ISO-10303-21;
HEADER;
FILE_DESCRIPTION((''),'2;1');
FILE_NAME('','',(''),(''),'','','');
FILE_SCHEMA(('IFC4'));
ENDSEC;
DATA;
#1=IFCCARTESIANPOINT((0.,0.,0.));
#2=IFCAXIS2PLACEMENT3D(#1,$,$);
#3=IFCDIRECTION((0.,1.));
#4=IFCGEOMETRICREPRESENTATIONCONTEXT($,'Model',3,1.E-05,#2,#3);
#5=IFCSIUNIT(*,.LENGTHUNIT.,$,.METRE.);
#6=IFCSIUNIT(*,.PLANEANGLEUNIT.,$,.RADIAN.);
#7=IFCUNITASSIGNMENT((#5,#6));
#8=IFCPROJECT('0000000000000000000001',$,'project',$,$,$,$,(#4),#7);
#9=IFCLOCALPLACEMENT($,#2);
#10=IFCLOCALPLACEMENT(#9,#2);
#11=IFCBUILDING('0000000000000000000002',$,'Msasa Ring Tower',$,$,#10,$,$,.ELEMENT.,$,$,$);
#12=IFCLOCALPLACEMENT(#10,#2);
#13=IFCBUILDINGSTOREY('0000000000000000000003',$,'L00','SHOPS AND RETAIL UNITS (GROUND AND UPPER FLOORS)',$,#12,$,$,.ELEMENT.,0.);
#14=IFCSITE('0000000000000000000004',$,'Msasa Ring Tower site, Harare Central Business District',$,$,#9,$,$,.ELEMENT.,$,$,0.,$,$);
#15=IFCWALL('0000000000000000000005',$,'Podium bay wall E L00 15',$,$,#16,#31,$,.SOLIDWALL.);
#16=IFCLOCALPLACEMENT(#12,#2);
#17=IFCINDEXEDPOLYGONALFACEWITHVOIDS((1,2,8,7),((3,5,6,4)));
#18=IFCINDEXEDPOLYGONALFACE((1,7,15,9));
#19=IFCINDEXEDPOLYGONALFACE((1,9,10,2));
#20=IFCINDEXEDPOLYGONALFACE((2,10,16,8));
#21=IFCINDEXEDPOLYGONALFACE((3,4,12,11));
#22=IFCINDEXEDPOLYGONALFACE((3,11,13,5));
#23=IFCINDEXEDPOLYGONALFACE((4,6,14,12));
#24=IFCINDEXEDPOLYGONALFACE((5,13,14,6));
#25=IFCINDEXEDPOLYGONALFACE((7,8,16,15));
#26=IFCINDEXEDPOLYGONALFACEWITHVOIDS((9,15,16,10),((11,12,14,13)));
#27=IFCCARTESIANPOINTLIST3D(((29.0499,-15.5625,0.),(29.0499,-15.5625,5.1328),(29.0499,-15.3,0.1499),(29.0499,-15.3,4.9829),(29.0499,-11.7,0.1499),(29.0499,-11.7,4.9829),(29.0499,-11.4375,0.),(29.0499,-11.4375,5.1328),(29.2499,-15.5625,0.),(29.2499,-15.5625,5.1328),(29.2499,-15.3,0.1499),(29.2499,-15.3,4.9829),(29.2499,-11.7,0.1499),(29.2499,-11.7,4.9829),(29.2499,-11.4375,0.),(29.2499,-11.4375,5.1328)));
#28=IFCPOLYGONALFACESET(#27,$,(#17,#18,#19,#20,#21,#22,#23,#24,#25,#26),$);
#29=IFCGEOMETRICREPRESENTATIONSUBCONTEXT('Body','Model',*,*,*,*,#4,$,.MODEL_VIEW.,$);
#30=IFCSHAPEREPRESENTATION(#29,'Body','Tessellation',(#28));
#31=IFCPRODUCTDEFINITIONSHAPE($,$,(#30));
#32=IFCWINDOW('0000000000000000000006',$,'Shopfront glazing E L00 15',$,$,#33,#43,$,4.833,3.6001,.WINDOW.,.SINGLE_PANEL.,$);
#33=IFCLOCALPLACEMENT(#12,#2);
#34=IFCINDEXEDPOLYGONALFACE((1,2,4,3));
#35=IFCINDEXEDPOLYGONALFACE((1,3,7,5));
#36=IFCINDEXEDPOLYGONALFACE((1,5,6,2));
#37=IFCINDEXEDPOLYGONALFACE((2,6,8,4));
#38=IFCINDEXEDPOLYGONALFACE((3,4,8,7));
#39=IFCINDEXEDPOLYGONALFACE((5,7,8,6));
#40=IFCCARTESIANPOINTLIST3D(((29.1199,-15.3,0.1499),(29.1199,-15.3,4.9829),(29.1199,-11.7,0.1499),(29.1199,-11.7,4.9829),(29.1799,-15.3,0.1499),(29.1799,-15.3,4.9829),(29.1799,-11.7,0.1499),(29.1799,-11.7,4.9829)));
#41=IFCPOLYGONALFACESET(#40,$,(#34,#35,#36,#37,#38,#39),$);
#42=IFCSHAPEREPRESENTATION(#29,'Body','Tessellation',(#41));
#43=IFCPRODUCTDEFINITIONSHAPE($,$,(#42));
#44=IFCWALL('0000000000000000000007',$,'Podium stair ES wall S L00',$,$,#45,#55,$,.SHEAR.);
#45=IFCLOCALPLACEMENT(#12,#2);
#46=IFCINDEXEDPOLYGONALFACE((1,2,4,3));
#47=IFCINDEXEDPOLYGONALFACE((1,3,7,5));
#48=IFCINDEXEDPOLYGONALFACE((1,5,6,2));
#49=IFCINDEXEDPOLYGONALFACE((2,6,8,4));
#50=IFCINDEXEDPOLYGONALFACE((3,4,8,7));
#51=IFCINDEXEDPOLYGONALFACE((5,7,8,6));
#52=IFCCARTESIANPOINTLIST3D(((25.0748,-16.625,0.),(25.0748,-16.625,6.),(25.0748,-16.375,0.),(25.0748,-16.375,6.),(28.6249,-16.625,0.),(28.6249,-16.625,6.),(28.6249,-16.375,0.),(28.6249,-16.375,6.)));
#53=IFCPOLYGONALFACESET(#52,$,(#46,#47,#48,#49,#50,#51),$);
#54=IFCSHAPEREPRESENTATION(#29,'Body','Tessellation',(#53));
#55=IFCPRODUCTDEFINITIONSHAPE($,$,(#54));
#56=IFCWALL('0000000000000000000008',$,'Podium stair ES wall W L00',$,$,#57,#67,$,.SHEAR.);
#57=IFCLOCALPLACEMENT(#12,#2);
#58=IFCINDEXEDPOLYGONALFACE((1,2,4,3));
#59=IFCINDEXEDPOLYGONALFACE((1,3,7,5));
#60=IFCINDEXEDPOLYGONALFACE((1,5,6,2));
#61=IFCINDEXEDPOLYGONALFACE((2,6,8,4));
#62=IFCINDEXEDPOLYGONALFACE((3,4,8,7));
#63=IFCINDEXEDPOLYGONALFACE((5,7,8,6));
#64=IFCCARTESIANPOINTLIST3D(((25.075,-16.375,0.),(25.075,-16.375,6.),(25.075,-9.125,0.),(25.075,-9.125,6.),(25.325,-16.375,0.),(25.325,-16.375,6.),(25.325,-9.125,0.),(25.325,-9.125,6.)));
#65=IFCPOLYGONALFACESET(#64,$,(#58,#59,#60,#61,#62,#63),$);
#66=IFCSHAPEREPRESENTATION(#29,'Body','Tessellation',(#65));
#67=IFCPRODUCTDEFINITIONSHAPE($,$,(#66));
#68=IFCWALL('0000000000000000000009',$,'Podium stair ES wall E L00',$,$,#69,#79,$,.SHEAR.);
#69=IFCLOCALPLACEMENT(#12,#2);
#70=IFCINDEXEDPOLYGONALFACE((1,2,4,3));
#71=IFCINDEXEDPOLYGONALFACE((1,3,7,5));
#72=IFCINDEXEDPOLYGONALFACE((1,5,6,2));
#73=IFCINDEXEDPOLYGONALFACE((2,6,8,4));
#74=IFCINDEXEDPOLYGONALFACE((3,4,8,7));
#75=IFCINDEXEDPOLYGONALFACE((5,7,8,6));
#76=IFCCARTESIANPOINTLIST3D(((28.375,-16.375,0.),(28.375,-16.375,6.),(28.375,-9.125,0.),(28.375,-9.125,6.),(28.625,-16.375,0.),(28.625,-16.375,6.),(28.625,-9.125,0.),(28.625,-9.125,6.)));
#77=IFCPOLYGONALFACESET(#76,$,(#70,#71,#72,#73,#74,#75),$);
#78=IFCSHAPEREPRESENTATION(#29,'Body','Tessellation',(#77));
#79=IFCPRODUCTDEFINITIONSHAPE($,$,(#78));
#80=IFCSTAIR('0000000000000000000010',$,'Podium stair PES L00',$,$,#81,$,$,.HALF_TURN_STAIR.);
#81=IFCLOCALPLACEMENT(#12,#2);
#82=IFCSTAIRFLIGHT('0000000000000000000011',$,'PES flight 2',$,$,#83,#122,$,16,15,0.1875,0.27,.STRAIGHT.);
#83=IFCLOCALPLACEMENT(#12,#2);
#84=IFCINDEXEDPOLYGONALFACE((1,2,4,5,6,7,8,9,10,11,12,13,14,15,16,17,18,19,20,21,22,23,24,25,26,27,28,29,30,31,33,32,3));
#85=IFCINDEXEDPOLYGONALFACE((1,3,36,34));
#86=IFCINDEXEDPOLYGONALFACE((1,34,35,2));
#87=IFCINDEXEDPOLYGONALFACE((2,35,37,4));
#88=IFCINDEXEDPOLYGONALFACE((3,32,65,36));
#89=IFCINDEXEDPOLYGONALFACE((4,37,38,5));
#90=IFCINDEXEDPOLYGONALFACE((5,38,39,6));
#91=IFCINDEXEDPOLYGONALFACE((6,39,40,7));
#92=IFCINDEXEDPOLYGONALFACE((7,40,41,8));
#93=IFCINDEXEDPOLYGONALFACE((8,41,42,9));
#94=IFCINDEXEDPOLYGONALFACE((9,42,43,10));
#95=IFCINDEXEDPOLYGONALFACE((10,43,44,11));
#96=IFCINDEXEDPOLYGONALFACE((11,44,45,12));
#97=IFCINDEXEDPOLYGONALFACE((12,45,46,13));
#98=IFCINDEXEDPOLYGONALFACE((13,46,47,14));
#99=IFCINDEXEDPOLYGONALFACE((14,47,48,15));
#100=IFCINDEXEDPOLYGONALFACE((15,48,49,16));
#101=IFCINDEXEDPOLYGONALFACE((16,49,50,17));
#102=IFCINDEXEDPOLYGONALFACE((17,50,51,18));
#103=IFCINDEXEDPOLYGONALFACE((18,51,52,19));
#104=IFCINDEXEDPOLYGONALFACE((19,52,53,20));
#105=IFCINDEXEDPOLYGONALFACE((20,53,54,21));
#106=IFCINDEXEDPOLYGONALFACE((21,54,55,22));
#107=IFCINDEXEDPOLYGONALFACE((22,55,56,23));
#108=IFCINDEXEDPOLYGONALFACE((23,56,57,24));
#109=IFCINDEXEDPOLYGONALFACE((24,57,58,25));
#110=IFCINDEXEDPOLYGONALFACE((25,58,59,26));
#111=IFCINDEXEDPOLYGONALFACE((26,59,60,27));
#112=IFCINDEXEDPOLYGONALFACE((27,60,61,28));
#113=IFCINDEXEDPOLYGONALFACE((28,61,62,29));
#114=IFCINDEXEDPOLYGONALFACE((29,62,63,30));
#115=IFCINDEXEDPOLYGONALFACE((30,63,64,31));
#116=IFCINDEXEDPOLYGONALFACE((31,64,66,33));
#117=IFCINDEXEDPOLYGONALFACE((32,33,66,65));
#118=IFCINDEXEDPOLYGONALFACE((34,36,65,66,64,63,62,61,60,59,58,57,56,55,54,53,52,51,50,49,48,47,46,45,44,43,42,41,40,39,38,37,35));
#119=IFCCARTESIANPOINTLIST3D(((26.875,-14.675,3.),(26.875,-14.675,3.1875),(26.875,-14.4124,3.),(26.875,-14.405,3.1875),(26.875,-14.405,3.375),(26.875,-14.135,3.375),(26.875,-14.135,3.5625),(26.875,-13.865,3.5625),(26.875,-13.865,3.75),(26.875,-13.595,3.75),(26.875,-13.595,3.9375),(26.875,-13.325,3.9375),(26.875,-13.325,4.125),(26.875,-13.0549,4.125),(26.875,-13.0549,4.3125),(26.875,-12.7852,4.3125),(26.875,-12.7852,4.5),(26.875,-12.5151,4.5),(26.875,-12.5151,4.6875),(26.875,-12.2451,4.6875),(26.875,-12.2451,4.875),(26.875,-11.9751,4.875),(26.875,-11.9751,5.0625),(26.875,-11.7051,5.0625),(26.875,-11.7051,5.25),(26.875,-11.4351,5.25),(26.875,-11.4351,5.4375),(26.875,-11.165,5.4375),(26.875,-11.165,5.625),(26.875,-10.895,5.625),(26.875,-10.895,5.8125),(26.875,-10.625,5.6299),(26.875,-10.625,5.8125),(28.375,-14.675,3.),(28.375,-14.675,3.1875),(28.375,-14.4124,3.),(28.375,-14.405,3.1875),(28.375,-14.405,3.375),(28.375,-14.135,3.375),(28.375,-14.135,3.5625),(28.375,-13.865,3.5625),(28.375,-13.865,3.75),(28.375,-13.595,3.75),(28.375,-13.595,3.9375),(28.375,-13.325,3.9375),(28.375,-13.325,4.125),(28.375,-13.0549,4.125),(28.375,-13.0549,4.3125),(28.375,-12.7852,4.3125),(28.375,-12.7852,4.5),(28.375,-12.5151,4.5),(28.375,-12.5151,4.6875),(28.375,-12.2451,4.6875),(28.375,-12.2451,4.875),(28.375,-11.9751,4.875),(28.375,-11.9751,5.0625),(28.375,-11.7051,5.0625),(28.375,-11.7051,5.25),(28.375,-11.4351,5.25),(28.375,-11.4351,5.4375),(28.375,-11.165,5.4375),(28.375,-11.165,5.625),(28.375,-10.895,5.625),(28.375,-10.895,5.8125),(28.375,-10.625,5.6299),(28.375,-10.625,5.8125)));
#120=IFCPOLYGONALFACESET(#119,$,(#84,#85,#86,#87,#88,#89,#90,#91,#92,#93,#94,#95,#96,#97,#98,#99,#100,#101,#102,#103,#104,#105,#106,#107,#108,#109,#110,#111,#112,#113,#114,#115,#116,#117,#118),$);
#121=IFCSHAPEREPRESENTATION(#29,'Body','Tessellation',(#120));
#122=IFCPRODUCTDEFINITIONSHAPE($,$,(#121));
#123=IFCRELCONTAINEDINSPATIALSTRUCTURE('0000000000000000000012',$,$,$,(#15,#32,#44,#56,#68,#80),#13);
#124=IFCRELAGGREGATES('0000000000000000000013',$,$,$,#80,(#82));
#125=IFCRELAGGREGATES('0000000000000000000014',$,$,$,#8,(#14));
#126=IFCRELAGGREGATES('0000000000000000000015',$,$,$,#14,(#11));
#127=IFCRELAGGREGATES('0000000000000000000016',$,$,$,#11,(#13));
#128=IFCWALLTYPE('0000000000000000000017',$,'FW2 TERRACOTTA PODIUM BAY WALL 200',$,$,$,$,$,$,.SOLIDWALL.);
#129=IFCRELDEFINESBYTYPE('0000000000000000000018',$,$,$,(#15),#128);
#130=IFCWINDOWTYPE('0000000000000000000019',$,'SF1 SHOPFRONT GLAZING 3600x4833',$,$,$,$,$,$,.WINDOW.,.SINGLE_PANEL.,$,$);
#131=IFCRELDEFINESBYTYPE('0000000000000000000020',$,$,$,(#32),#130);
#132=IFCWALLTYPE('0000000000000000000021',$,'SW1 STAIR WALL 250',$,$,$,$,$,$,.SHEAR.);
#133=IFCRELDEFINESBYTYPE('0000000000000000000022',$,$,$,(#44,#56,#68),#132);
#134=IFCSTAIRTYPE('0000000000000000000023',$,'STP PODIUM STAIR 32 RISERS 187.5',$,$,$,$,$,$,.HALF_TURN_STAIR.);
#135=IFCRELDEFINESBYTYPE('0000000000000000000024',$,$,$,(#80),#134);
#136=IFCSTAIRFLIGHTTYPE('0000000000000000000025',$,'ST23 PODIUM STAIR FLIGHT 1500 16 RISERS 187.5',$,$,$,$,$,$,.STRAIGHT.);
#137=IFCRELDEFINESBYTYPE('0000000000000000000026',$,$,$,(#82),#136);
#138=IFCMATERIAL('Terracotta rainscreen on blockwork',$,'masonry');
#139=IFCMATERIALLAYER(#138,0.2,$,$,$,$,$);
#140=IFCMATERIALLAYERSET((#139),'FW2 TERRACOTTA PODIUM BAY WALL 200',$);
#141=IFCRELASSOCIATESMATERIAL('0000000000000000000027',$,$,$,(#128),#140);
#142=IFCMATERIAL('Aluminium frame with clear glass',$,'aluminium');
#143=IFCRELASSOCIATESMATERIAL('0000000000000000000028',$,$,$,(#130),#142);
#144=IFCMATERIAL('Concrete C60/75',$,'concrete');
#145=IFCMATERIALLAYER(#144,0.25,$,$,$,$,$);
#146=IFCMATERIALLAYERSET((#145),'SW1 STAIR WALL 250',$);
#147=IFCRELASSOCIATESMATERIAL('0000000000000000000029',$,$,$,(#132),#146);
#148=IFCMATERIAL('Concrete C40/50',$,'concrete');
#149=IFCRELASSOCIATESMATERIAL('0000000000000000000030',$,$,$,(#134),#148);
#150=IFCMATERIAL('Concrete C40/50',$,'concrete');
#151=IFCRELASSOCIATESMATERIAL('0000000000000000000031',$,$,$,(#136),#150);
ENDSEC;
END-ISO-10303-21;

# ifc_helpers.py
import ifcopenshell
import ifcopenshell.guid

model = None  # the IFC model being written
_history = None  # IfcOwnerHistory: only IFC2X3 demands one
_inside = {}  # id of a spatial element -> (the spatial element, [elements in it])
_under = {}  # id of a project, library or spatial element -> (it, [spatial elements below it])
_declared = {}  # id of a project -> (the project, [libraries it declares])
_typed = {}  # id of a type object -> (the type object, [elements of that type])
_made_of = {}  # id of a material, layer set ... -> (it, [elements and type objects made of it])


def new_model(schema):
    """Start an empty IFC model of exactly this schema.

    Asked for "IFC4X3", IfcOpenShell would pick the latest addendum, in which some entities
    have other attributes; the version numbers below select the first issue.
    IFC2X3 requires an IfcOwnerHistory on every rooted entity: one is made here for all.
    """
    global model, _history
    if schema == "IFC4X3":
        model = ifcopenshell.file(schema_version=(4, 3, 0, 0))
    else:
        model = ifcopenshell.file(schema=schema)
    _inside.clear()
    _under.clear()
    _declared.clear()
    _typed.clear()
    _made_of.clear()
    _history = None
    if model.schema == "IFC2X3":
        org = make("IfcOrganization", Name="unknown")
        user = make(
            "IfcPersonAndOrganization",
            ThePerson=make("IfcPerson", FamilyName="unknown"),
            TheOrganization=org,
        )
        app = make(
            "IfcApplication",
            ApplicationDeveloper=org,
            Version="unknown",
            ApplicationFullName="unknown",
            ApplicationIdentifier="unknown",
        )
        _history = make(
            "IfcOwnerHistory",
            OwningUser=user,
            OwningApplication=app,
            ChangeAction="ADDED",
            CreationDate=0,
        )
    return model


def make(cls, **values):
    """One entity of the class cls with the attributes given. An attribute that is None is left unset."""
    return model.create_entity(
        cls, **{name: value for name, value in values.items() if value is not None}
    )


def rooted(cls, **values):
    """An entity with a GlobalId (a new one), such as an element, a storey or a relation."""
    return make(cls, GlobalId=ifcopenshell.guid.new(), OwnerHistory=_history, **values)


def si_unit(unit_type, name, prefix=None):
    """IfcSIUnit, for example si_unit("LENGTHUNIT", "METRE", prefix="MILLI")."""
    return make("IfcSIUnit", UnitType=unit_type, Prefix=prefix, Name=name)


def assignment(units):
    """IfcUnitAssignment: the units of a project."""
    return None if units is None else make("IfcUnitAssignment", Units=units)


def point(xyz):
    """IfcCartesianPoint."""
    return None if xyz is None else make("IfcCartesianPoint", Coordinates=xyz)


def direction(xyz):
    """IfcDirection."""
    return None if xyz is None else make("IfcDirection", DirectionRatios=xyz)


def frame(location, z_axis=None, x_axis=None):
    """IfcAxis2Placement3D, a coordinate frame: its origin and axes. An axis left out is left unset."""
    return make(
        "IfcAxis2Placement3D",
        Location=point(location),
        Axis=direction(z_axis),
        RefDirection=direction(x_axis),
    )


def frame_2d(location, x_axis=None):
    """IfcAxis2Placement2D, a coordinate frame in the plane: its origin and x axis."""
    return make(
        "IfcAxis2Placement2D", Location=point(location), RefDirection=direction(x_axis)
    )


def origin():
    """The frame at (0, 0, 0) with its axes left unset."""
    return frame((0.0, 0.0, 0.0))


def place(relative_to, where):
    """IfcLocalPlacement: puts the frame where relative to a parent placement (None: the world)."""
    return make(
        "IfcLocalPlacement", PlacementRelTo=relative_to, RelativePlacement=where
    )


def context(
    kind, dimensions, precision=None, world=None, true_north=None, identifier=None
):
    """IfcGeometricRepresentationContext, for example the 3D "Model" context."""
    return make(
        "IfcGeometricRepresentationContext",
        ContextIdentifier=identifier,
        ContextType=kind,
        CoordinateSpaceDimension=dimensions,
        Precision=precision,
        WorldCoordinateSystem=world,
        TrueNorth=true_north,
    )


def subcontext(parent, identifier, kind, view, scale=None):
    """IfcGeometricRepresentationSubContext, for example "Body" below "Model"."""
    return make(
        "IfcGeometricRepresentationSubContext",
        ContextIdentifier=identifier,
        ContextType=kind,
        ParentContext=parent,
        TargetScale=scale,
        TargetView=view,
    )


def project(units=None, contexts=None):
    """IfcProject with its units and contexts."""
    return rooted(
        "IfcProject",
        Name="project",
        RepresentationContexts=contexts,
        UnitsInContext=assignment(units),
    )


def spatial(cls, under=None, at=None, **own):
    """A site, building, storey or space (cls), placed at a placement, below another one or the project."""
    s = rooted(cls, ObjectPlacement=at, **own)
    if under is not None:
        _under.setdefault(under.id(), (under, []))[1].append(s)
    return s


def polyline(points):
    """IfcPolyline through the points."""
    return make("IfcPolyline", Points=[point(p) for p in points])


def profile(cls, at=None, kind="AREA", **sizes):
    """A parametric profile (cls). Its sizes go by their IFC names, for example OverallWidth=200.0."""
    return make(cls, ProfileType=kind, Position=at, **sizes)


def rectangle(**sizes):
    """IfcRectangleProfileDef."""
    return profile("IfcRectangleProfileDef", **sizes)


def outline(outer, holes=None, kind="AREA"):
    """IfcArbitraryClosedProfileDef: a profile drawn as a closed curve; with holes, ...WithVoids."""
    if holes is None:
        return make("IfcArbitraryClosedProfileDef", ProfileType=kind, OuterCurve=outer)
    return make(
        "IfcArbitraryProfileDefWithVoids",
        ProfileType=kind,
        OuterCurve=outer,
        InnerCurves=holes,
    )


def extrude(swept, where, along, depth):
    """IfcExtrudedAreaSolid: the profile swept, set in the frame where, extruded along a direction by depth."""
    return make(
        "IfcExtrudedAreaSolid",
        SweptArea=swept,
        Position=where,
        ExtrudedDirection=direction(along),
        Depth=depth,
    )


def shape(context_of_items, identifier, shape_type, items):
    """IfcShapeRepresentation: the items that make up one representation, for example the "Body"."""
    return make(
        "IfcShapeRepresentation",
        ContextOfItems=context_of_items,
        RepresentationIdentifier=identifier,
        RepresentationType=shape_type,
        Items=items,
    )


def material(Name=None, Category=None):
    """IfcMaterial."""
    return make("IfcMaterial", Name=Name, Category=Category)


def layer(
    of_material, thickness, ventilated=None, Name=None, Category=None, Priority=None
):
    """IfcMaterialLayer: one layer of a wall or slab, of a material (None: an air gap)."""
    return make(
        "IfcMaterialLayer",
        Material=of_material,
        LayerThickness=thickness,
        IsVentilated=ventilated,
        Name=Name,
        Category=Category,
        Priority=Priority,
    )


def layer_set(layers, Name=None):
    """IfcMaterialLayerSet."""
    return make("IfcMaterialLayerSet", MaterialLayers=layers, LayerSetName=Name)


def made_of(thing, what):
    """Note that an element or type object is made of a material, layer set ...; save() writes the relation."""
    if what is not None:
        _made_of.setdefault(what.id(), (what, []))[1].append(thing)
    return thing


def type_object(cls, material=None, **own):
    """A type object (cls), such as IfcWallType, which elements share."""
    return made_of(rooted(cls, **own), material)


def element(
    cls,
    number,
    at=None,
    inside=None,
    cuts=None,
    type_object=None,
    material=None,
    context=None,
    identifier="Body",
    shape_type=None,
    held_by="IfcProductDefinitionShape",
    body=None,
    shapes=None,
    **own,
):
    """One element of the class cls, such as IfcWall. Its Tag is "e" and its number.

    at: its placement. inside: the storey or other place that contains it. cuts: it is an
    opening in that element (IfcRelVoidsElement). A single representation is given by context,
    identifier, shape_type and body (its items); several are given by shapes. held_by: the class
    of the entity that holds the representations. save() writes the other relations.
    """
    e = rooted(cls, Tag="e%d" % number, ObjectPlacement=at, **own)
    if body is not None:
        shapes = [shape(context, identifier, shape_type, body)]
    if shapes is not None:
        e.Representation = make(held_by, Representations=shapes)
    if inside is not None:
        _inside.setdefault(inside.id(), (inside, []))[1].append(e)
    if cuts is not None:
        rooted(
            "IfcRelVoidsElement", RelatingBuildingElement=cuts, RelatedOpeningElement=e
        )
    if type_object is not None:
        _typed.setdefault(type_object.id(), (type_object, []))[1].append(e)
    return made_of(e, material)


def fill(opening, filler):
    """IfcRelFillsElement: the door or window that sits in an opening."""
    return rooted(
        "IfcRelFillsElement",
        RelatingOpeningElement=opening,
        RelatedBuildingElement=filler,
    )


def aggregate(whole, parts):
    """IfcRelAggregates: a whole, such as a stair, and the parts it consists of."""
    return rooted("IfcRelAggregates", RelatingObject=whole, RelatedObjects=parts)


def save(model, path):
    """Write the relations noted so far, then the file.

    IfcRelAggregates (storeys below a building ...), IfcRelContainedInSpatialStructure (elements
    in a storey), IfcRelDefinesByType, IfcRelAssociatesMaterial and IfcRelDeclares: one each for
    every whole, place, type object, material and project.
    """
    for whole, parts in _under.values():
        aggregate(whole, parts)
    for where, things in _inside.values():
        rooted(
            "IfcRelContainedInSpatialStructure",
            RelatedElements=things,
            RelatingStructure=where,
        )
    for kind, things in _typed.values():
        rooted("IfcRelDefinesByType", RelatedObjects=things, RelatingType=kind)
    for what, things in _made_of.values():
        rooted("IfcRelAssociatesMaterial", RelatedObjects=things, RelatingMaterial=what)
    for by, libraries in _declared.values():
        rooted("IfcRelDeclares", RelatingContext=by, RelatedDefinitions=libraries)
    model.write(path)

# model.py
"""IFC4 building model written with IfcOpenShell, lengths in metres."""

from ifc_helpers import new_model, si_unit, direction, frame, frame_2d, origin, place, context, subcontext, project, spatial, polyline, rectangle, outline, extrude, material, layer, layer_set, type_object, element, fill, aggregate, save


model = new_model("IFC4")

# Units and contexts
model_context = context("Model", 3, precision=1e-05, world=origin(), true_north=direction((0.0, 1.0)))
body_context = subcontext(model_context, "Body", "Model", "MODEL_VIEW")
ifc_project = project(units=[si_unit("LENGTHUNIT", "METRE"), si_unit("PLANEANGLEUNIT", "RADIAN")], contexts=[model_context])

# Site, building, storey
site_placement = place(None, origin())
site = spatial("IfcSite", under=ifc_project, at=site_placement, Name="Msasa Ring Tower site, Harare Central Business District", CompositionType="ELEMENT", RefElevation=0.0)
building_placement = place(site_placement, origin())
building = spatial("IfcBuilding", under=site, at=building_placement, Name="Msasa Ring Tower", CompositionType="ELEMENT")
storey_placement = place(building_placement, origin())
storey = spatial("IfcBuildingStorey", under=building, at=storey_placement, Name="L00", Description="SHOPS AND RETAIL UNITS (GROUND AND UPPER FLOORS)", CompositionType="ELEMENT", Elevation=0.0)

# Wall, opening, window
ifc_material_1 = material(Name="Terracotta rainscreen on blockwork", Category="masonry")
ifc_layer_1 = layer(ifc_material_1, 0.2)
ifc_layer_set_1 = layer_set([ifc_layer_1], Name="FW2 TERRACOTTA PODIUM BAY WALL 200")
wall_type_1 = type_object("IfcWallType", Name="FW2 TERRACOTTA PODIUM BAY WALL 200", PredefinedType="SOLIDWALL", material=ifc_layer_set_1)
ifc_material_2 = material(Name="Aluminium frame with clear glass", Category="aluminium")
window_type = type_object("IfcWindowType", Name="SF1 SHOPFRONT GLAZING 3600x4833", PartitioningType="SINGLE_PANEL", PredefinedType="WINDOW", material=ifc_material_2)
wall_1_placement = place(storey_placement, frame((29.1499, -15.5625, 0.0), z_axis=(0.0, 0.0, 1.0), x_axis=(0.0, 1.0, 0.0)))
wall_1 = element("IfcWall", 1, at=wall_1_placement, inside=storey, type_object=wall_type_1, Name="Podium bay wall E L00 15", PredefinedType="SOLIDWALL", context=body_context, shape_type="SweptSolid", body=[
    extrude(rectangle(XDim=4.125, YDim=0.2, at=frame_2d((2.0625, 0.0))), origin(), (0.0, 0.0, 1.0), 5.1328),
])
opening_1_placement = place(wall_1_placement, frame((0.2625, 0.0, 0.1499)))
opening_1 = element("IfcOpeningElement", 2, at=opening_1_placement, cuts=wall_1, PredefinedType="OPENING", context=body_context, shape_type="SweptSolid", body=[
    extrude(rectangle(XDim=3.6001, YDim=4.833, at=frame_2d((1.8, 2.4165))), frame((0.0, 0.1099, 0.0), z_axis=(0.0, -1.0, 0.0), x_axis=(1.0, 0.0, 0.0)), (0.0, 0.0, 1.0), 0.22),
])
window_1_placement = place(opening_1_placement, origin())
window_1 = element("IfcWindow", 3, at=window_1_placement, inside=storey, type_object=window_type, Name="Shopfront glazing E L00 15", OverallHeight=4.833, OverallWidth=3.6001, PartitioningType="SINGLE_PANEL", PredefinedType="WINDOW", context=body_context, shape_type="SweptSolid", body=[
    extrude(rectangle(XDim=3.6001, YDim=4.833, at=frame_2d((1.8, 2.4165))), frame((0.0, 0.03, 0.0), z_axis=(0.0, -1.0, 0.0), x_axis=(1.0, 0.0, 0.0)), (0.0, 0.0, 1.0), 0.0601),
])
fill(opening_1, window_1)

# Walls
ifc_material_3 = material(Name="Concrete C60/75", Category="concrete")
ifc_layer_2 = layer(ifc_material_3, 0.25)
ifc_layer_set_2 = layer_set([ifc_layer_2], Name="SW1 STAIR WALL 250")
wall_type_2 = type_object("IfcWallType", Name="SW1 STAIR WALL 250", PredefinedType="SHEAR", material=ifc_layer_set_2)
wall_2_placement = place(storey_placement, frame((25.075, -16.5, 0.0), z_axis=(0.0, 0.0, 1.0), x_axis=(1.0, 0.0, 0.0)))
element("IfcWall", 4, at=wall_2_placement, inside=storey, type_object=wall_type_2, Name="Podium stair ES wall S L00", PredefinedType="SHEAR", context=body_context, shape_type="SweptSolid", body=[
    extrude(rectangle(XDim=3.55, YDim=0.25, at=frame_2d((1.7749, 0.0))), origin(), (0.0, 0.0, 1.0), 6.0),
])
for number, where, z_axis, x_axis, name in (
    (5, (25.2, -16.375, 0.0), (0.0, 0.0, 1.0), (0.0, 1.0, 0.0), "Podium stair ES wall W L00"),
    (6, (28.5, -16.375, 0.0), (0.0, 0.0, 1.0), (0.0, 1.0, 0.0), "Podium stair ES wall E L00"),
):
    element("IfcWall", number, at=place(storey_placement, frame(where, z_axis=z_axis, x_axis=x_axis)), inside=storey, type_object=wall_type_2, Name=name, PredefinedType="SHEAR", context=body_context, shape_type="SweptSolid", body=[
        extrude(rectangle(XDim=7.25, YDim=0.25, at=frame_2d((3.625, 0.0))), origin(), (0.0, 0.0, 1.0), 6.0),
    ])

# Stair, stair flight
ifc_material_4 = material(Name="Concrete C40/50", Category="concrete")
stair_type = type_object("IfcStairType", Name="STP PODIUM STAIR 32 RISERS 187.5", PredefinedType="HALF_TURN_STAIR", material=ifc_material_4)
stair_placement = place(storey_placement, origin())
stair = element("IfcStair", 7, at=stair_placement, inside=storey, type_object=stair_type, Name="Podium stair PES L00", PredefinedType="HALF_TURN_STAIR")
ifc_material_5 = material(Name="Concrete C40/50", Category="concrete")
stair_flight_type = type_object("IfcStairFlightType", Name="ST23 PODIUM STAIR FLIGHT 1500 16 RISERS 187.5", PredefinedType="STRAIGHT", material=ifc_material_5)
stair_flight_placement = place(storey_placement, frame((27.625, -14.675, 3.0), z_axis=(0.0, 0.0, 1.0), x_axis=(0.0, 1.0, 0.0)))
stair_flight = element("IfcStairFlight", 8, at=stair_flight_placement, type_object=stair_flight_type, Name="PES flight 2", NumberOfRisers=16, NumberOfTreads=15, PredefinedType="STRAIGHT", RiserHeight=0.1875, TreadLength=0.27, context=body_context, shape_type="SweptSolid", body=[
    extrude(outline(polyline([(0.0, 0.0), (0.0, 0.1875), (0.27, 0.1875), (0.27, 0.375), (0.54, 0.375), (0.54, 0.5625), (0.8101, 0.5625), (0.8101, 0.75), (1.0801, 0.75), (1.0801, 0.9375), (1.3501, 0.9375), (1.3501, 1.125), (1.6201, 1.125), (1.6201, 1.3125), (1.8899, 1.3125), (1.8899, 1.5), (2.1599, 1.5), (2.1599, 1.6875), (2.4299, 1.6875), (2.4299, 1.875), (2.7, 1.875), (2.7, 2.0625), (2.97, 2.0625), (2.97, 2.25), (3.24, 2.25), (3.24, 2.4375), (3.51, 2.4375), (3.51, 2.625), (3.78, 2.625), (3.78, 2.8125), (4.05, 2.8125), (4.05, 3.0), (4.05, 2.6299), (0.2627, 0.0), (0.0, 0.0)])), frame((0.0, 0.75, 0.0), z_axis=(0.0, -1.0, 0.0), x_axis=(1.0, 0.0, 0.0)), (0.0, 0.0, 1.0), 1.5),
])
aggregate(stair, [stair_flight])

save(model, "model.ifc")
